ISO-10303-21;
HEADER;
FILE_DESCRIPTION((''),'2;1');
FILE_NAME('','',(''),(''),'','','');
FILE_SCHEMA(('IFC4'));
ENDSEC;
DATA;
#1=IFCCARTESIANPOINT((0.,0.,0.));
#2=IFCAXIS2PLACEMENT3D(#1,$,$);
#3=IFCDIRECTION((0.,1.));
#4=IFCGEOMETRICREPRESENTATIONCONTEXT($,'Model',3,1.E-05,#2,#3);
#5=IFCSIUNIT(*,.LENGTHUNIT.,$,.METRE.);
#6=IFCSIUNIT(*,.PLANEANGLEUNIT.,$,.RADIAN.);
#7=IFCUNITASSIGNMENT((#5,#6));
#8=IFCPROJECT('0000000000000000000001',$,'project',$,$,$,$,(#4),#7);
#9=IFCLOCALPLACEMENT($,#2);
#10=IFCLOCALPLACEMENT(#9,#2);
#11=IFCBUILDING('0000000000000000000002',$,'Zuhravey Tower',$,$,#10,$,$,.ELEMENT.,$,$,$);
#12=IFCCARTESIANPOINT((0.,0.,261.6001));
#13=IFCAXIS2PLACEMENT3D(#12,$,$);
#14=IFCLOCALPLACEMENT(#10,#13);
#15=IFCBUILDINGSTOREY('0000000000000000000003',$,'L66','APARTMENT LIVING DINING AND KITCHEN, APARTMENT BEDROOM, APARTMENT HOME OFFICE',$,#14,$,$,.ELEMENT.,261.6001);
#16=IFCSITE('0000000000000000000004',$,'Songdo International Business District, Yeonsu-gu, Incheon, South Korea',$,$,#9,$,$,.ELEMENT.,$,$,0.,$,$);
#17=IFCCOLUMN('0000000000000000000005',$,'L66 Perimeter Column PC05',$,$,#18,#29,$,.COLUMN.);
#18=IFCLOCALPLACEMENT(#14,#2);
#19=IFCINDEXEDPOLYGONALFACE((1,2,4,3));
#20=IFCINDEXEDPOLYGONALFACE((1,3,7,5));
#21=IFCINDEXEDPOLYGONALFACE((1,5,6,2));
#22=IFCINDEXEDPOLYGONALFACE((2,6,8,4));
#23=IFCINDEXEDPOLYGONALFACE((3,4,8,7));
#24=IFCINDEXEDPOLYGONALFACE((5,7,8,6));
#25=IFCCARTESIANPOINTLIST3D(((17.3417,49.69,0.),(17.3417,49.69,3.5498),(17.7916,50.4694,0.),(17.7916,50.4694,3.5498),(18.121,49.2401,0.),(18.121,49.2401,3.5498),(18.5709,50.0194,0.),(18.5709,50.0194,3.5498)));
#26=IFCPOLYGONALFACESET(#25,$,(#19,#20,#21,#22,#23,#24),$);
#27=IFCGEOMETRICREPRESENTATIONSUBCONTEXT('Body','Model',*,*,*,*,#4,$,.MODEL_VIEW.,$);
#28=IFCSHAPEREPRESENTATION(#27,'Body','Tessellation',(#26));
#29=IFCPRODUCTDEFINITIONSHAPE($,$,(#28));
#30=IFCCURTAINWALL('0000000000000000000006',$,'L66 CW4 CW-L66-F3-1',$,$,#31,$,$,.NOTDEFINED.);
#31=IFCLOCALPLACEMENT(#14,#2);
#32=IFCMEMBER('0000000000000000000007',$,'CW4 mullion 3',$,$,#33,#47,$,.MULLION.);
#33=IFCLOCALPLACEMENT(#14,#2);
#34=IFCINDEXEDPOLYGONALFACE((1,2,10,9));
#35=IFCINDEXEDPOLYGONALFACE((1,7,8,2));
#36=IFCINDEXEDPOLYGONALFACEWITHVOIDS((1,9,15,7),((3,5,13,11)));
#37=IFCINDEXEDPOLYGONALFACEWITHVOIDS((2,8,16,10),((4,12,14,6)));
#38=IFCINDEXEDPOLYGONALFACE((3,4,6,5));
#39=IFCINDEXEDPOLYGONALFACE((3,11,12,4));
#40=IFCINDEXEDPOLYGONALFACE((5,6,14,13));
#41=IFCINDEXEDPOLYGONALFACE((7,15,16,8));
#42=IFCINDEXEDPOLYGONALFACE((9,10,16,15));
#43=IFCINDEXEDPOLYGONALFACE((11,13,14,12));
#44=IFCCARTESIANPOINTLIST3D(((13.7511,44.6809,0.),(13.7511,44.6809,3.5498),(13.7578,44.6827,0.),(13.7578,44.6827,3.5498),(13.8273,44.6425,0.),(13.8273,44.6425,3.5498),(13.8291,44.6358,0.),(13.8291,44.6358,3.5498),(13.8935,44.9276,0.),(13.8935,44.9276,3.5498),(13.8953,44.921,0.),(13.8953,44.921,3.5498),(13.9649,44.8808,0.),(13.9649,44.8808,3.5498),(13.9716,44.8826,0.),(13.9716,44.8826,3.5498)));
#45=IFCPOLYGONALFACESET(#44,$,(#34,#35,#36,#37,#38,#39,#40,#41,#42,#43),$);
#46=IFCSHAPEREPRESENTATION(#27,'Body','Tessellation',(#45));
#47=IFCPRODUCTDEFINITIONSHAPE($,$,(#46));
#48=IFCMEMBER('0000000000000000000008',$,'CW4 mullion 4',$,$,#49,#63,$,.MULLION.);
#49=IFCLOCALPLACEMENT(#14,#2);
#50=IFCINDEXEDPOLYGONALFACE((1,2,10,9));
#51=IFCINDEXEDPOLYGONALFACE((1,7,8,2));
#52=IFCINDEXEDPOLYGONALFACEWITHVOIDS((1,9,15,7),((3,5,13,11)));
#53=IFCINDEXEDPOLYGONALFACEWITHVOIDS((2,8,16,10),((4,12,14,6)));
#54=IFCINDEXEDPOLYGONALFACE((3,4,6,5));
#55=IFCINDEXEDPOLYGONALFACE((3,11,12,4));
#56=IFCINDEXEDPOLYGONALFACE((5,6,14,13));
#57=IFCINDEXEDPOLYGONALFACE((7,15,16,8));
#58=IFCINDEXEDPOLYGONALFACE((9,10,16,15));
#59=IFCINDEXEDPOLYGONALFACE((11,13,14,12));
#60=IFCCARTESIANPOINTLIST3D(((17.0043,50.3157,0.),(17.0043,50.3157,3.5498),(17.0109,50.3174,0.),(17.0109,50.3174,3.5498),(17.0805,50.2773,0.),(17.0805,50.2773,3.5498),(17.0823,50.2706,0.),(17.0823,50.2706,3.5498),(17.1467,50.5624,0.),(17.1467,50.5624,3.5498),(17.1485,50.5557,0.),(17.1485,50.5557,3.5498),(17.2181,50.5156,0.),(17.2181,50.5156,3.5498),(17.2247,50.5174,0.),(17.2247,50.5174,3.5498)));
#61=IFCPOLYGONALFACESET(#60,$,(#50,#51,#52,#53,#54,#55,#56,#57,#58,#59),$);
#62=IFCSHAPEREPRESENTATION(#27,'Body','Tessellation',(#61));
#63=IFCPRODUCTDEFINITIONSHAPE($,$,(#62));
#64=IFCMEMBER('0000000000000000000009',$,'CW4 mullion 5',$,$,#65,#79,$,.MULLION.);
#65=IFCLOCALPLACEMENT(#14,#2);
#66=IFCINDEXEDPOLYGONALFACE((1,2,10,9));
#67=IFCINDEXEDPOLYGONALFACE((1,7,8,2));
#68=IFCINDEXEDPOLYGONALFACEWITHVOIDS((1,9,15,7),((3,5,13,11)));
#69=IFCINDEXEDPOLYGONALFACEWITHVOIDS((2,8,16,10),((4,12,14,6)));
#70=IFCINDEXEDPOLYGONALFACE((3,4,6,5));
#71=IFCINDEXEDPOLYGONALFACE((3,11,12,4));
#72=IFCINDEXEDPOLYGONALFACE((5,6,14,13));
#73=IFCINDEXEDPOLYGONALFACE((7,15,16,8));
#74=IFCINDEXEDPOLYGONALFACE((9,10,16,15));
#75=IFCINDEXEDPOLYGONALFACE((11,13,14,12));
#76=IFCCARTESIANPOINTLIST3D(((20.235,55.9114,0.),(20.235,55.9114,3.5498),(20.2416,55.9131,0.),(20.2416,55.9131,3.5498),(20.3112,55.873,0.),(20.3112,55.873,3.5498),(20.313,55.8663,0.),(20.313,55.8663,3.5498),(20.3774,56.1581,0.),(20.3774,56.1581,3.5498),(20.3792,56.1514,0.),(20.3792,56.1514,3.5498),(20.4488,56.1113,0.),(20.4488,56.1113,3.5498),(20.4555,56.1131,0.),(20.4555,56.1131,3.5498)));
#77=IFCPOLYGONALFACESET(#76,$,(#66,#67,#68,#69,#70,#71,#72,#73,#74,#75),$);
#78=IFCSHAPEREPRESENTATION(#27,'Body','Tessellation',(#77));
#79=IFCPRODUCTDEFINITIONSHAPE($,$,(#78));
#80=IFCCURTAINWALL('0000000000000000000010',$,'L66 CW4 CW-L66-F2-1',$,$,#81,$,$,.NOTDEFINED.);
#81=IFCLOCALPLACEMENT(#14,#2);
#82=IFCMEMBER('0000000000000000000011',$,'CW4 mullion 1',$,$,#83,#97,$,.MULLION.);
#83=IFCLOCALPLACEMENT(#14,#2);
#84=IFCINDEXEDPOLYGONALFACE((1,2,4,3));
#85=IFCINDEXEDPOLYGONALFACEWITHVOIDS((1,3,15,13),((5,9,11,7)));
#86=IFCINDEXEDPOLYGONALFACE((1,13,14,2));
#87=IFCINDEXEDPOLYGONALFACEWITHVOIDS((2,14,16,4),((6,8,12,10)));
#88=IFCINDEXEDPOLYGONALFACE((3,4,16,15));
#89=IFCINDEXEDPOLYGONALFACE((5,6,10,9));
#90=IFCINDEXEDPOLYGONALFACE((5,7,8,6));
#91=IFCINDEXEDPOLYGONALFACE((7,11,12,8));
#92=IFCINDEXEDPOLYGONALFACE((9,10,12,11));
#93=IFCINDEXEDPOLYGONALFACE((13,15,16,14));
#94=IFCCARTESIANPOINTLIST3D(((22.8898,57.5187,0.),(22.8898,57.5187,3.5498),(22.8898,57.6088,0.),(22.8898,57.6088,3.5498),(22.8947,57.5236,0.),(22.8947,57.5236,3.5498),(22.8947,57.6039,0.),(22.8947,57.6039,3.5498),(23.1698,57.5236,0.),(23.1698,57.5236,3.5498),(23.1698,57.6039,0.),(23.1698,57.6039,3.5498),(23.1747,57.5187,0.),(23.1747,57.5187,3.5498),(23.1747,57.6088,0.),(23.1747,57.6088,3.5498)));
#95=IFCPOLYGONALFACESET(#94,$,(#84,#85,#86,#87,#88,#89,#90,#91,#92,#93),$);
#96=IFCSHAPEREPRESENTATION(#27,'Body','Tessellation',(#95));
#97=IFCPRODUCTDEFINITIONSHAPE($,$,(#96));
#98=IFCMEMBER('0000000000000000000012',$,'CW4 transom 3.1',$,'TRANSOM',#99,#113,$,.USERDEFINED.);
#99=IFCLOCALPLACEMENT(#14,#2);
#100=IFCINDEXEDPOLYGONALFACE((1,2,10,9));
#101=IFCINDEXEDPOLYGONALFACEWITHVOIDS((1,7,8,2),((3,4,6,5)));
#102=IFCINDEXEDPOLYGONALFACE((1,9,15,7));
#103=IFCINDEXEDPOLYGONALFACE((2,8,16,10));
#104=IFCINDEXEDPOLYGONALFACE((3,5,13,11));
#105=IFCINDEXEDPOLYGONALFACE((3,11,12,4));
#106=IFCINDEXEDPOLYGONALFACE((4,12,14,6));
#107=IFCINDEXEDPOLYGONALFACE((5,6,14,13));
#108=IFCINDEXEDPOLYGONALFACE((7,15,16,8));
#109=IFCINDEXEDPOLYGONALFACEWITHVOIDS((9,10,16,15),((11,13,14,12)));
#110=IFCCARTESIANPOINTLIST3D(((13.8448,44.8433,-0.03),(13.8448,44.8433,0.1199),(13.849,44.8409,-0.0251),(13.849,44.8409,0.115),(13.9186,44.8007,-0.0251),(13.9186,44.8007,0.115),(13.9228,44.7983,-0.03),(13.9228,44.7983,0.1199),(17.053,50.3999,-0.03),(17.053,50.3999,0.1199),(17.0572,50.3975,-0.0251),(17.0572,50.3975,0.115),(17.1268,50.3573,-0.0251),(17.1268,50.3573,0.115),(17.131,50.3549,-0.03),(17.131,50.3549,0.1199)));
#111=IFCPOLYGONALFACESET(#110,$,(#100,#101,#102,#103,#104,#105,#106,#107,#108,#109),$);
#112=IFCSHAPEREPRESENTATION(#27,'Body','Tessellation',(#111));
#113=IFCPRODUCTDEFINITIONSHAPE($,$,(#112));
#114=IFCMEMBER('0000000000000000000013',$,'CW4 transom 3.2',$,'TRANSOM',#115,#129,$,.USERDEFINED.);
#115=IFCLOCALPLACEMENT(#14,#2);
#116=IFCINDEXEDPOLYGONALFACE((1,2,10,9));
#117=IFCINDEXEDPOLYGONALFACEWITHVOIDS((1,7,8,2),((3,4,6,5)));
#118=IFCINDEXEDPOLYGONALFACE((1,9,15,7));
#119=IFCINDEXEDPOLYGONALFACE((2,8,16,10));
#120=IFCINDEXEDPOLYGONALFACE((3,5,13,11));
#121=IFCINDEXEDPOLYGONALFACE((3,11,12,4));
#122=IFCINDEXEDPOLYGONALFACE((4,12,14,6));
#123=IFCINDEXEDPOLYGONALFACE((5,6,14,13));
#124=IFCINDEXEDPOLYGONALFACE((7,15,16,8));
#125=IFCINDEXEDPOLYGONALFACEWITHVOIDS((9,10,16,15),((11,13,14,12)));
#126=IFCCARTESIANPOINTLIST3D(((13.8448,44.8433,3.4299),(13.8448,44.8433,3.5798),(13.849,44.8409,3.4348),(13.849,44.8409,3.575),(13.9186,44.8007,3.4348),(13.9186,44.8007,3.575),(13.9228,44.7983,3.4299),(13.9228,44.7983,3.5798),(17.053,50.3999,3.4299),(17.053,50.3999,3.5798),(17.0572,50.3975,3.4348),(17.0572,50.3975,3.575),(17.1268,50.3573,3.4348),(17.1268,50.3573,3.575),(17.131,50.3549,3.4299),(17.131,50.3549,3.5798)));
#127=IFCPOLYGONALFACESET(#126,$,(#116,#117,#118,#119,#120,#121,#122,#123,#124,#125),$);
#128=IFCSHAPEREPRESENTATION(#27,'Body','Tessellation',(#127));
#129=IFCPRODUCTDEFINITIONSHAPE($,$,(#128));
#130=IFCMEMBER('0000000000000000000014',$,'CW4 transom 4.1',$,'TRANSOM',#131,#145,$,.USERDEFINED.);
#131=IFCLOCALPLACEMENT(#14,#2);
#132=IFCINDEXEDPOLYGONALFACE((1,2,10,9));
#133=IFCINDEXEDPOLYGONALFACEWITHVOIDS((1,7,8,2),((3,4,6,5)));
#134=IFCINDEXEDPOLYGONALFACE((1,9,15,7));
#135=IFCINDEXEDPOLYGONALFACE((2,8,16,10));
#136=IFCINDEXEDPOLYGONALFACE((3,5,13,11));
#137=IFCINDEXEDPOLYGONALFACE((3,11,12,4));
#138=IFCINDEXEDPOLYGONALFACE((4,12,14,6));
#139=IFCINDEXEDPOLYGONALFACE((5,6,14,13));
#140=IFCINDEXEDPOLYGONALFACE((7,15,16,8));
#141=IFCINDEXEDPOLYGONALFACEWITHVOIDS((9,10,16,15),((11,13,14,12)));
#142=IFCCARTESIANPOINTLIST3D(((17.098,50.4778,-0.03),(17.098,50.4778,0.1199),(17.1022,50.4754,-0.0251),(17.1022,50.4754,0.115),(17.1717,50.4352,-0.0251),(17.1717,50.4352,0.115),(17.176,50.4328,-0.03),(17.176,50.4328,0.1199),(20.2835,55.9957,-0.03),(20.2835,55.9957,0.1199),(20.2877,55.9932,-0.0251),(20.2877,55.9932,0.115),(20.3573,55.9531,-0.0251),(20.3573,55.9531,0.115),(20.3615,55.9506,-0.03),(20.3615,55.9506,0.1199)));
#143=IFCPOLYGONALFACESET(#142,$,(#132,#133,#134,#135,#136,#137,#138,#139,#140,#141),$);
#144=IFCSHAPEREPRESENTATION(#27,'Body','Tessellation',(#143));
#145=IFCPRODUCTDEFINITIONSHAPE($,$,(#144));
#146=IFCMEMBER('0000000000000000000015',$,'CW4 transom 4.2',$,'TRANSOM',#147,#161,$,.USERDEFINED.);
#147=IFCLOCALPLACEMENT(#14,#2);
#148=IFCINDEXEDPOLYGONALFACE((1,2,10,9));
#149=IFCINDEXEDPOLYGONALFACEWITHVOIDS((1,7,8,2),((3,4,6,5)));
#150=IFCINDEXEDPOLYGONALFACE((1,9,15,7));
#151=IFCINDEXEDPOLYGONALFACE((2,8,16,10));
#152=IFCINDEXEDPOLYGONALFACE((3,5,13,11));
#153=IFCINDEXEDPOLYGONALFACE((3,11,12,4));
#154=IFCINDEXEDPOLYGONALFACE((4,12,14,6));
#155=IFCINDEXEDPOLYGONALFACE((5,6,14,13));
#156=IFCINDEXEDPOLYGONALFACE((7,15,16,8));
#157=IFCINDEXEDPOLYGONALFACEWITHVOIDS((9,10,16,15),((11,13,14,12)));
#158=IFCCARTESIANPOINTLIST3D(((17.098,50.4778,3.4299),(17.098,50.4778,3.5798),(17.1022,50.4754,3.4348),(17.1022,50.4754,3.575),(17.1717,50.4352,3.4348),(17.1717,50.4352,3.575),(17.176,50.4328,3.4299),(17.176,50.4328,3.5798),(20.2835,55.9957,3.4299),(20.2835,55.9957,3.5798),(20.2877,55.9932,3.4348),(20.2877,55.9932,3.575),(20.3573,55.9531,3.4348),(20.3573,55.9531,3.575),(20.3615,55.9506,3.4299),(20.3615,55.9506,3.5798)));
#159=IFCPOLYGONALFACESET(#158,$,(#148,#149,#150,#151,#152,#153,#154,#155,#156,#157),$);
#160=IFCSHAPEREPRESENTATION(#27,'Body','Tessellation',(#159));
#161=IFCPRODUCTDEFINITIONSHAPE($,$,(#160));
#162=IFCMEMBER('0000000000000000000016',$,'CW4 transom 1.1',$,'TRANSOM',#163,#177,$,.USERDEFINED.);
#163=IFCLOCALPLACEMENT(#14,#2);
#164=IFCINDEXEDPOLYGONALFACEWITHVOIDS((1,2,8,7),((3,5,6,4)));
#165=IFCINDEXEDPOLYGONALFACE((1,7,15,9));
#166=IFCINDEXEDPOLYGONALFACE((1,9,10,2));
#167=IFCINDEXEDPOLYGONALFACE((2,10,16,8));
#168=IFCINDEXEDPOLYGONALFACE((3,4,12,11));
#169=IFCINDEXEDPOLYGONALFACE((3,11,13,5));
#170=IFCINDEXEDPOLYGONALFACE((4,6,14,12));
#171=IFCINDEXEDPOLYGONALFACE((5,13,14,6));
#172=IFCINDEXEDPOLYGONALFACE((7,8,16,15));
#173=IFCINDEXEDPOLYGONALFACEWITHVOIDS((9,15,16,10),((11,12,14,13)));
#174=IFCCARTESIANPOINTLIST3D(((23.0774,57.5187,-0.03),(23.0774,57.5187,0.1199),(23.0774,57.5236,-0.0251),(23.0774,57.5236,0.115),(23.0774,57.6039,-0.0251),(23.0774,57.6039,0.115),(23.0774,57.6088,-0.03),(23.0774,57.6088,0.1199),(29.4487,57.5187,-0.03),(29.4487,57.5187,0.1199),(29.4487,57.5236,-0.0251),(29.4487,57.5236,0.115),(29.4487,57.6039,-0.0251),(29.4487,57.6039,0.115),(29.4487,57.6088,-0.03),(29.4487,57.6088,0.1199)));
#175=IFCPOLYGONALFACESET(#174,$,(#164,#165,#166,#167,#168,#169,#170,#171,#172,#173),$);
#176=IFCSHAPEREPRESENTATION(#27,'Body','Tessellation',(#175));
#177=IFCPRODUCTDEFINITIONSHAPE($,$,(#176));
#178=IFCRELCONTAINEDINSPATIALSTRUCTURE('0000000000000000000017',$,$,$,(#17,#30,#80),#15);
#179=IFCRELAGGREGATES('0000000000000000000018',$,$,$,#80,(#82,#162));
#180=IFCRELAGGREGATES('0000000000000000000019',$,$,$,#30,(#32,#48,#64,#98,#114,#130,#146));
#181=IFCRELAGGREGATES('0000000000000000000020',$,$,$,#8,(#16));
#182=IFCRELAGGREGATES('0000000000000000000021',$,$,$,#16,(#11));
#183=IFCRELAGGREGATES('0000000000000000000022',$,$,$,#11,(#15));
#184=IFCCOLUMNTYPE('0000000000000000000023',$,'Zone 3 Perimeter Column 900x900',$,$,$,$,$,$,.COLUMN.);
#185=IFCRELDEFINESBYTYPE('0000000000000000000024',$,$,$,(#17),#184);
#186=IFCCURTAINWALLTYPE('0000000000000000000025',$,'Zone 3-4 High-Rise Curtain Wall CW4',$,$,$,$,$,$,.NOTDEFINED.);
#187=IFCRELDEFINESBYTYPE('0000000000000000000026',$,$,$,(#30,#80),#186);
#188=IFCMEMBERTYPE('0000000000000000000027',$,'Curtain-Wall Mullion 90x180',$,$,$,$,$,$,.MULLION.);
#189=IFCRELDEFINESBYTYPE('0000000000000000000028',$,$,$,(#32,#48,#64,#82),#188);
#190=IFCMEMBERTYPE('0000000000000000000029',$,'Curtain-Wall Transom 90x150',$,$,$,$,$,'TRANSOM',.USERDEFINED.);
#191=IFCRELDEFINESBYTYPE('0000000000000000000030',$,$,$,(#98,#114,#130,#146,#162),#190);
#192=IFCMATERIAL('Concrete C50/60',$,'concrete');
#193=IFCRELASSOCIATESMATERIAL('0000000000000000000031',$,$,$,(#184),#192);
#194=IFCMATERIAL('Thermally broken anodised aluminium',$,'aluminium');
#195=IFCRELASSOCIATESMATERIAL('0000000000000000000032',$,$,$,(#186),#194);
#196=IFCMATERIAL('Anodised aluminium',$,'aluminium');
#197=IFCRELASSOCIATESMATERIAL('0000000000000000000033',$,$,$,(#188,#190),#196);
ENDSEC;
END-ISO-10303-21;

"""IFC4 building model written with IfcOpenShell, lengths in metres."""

from ifc_helpers import new_model, si_unit, direction, frame, origin, origin_2d, place, context, subcontext, project, spatial, rectangle, hollow_rectangle, extrude, material, material_profile, profile_set, type_object, element, aggregate, save


model = new_model("IFC4")

# Units and contexts
model_context = context("Model", 3, precision=1e-05, world=origin(), true_north=direction((0.0, 1.0)))
body_context = subcontext(model_context, "Body", "Model", "MODEL_VIEW")
ifc_project = project(units=[si_unit("LENGTHUNIT", "METRE"), si_unit("PLANEANGLEUNIT", "RADIAN")], contexts=[model_context])

# Site, building, storey
site_placement = place(None, origin())
site = spatial("IfcSite", under=ifc_project, at=site_placement, Name="Songdo International Business District, Yeonsu-gu, Incheon, South Korea", CompositionType="ELEMENT", RefElevation=0.0)
building_placement = place(site_placement, origin())
building = spatial("IfcBuilding", under=site, at=building_placement, Name="Zuhravey Tower", CompositionType="ELEMENT")
storey_placement = place(building_placement, frame((0.0, 0.0, 261.6001)))
storey = spatial("IfcBuildingStorey", under=building, at=storey_placement, Name="L66", Description="APARTMENT LIVING DINING AND KITCHEN, APARTMENT BEDROOM, APARTMENT HOME OFFICE", CompositionType="ELEMENT", Elevation=261.6001)

# Column
ifc_material_1 = material(Name="Concrete C50/60", Category="concrete")
ifc_material_profile_1 = material_profile(ifc_material_1, rectangle(XDim=0.8999, YDim=0.8999, at=origin_2d()), Name="RC-900x900")
ifc_profile_set_1 = profile_set([ifc_material_profile_1], Name="Concrete C50/60")
column_type = type_object("IfcColumnType", Name="Zone 3 Perimeter Column 900x900", PredefinedType="COLUMN", material=ifc_profile_set_1)
column_placement = place(storey_placement, frame((17.9563, 49.8547, 0.0), z_axis=(0.0, 0.0, 1.0), x_axis=(-0.5, -0.866025, 0.0)))
element("IfcColumn", 1, at=column_placement, inside=storey, type_object=column_type, Name="L66 Perimeter Column PC05", PredefinedType="COLUMN", context=body_context, shape_type="SweptSolid", body=[
    extrude(rectangle(XDim=0.8999, YDim=0.8999, at=origin_2d()), origin(), (0.0, 0.0, 1.0), 3.5498),
])

# Curtain wall, members
ifc_material_2 = material(Name="Thermally broken anodised aluminium", Category="aluminium")
curtain_wall_type = type_object("IfcCurtainWallType", Name="Zone 3-4 High-Rise Curtain Wall CW4", PredefinedType="NOTDEFINED", material=ifc_material_2)
curtain_wall_1_placement = place(storey_placement, origin())
curtain_wall_1 = element("IfcCurtainWall", 2, at=curtain_wall_1_placement, inside=storey, type_object=curtain_wall_type, Name="L66 CW4 CW-L66-F3-1", PredefinedType="NOTDEFINED")
ifc_material_3 = material(Name="Anodised aluminium", Category="aluminium")
ifc_material_profile_2 = material_profile(ifc_material_3, hollow_rectangle(XDim=0.0901, YDim=0.2849, WallThickness=0.0049, at=origin_2d()), Name="ALU-RHS-90x285x5")
ifc_profile_set_2 = profile_set([ifc_material_profile_2], Name="Anodised aluminium")
member_type_1 = type_object("IfcMemberType", Name="Curtain-Wall Mullion 90x180", PredefinedType="MULLION", material=ifc_profile_set_2)
member_1_placement = place(storey_placement, frame((13.8613, 44.7817, 0.0), z_axis=(0.0, 0.0, 1.0), x_axis=(-0.866025, 0.500001, 0.0)))
member_1 = element("IfcMember", 3, at=member_1_placement, type_object=member_type_1, Name="CW4 mullion 3", PredefinedType="MULLION", context=body_context, shape_type="SweptSolid", body=[
    extrude(hollow_rectangle(XDim=0.0901, YDim=0.2849, WallThickness=0.0049, at=origin_2d()), origin(), (0.0, 0.0, 1.0), 3.5498),
])
member_2_placement = place(storey_placement, frame((17.1145, 50.4165, 0.0), z_axis=(0.0, 0.0, 1.0), x_axis=(-0.866025, 0.500001, 0.0)))
member_2 = element("IfcMember", 4, at=member_2_placement, type_object=member_type_1, Name="CW4 mullion 4", PredefinedType="MULLION", context=body_context, shape_type="SweptSolid", body=[
    extrude(hollow_rectangle(XDim=0.0901, YDim=0.2849, WallThickness=0.0049, at=origin_2d()), origin(), (0.0, 0.0, 1.0), 3.5498),
])
member_3_placement = place(storey_placement, frame((20.3452, 56.0122, 0.0), z_axis=(0.0, 0.0, 1.0), x_axis=(-0.866025, 0.500001, 0.0)))
member_3 = element("IfcMember", 5, at=member_3_placement, type_object=member_type_1, Name="CW4 mullion 5", PredefinedType="MULLION", context=body_context, shape_type="SweptSolid", body=[
    extrude(hollow_rectangle(XDim=0.0901, YDim=0.2849, WallThickness=0.0049, at=origin_2d()), origin(), (0.0, 0.0, 1.0), 3.5498),
])

# Curtain wall, member
curtain_wall_2_placement = place(storey_placement, origin())
curtain_wall_2 = element("IfcCurtainWall", 6, at=curtain_wall_2_placement, inside=storey, type_object=curtain_wall_type, Name="L66 CW4 CW-L66-F2-1", PredefinedType="NOTDEFINED")
member_4_placement = place(storey_placement, frame((23.0322, 57.5637, 0.0), z_axis=(0.0, 0.0, 1.0), x_axis=(0.0, 1.0, 0.0)))
member_4 = element("IfcMember", 7, at=member_4_placement, type_object=member_type_1, Name="CW4 mullion 1", PredefinedType="MULLION", context=body_context, shape_type="SweptSolid", body=[
    extrude(hollow_rectangle(XDim=0.0901, YDim=0.2849, WallThickness=0.0049, at=origin_2d()), origin(), (0.0, 0.0, 1.0), 3.5498),
])

# Members
ifc_material_profile_3 = material_profile(ifc_material_3, hollow_rectangle(XDim=0.0901, YDim=0.1499, WallThickness=0.0049, at=origin_2d()), Name="ALU-RHS-90x150x5")
ifc_profile_set_3 = profile_set([ifc_material_profile_3], Name="Anodised aluminium")
member_type_2 = type_object("IfcMemberType", Name="Curtain-Wall Transom 90x150", ElementType="TRANSOM", PredefinedType="USERDEFINED", material=ifc_profile_set_3)
member_5_placement = place(storey_placement, frame((13.8838, 44.8208, 0.0449), z_axis=(0.500014, 0.866017, 0.0), x_axis=(-0.866017, 0.500014, 0.0)))
member_5 = element("IfcMember", 8, at=member_5_placement, type_object=member_type_2, Name="CW4 transom 3.1", ObjectType="TRANSOM", PredefinedType="USERDEFINED", context=body_context, shape_type="SweptSolid", body=[
    extrude(hollow_rectangle(XDim=0.0901, YDim=0.1499, WallThickness=0.0049, at=origin_2d()), origin(), (0.0, 0.0, 1.0), 6.4163),
])
member_6_placement = place(storey_placement, frame((13.8838, 44.8208, 3.5049), z_axis=(0.500014, 0.866017, 0.0), x_axis=(-0.866017, 0.500014, 0.0)))
member_6 = element("IfcMember", 9, at=member_6_placement, type_object=member_type_2, Name="CW4 transom 3.2", ObjectType="TRANSOM", PredefinedType="USERDEFINED", context=body_context, shape_type="SweptSolid", body=[
    extrude(hollow_rectangle(XDim=0.0901, YDim=0.1499, WallThickness=0.0049, at=origin_2d()), origin(), (0.0, 0.0, 1.0), 6.4163),
])
member_7_placement = place(storey_placement, frame((17.137, 50.4553, 0.0449), z_axis=(0.49998, 0.866037, 0.0), x_axis=(-0.866037, 0.49998, 0.0)))
member_7 = element("IfcMember", 10, at=member_7_placement, type_object=member_type_2, Name="CW4 transom 4.1", ObjectType="TRANSOM", PredefinedType="USERDEFINED", context=body_context, shape_type="SweptSolid", body=[
    extrude(hollow_rectangle(XDim=0.0901, YDim=0.1499, WallThickness=0.0049, at=origin_2d()), origin(), (0.0, 0.0, 1.0), 6.3713),
])
member_8_placement = place(storey_placement, frame((17.137, 50.4553, 3.5049), z_axis=(0.49998, 0.866037, 0.0), x_axis=(-0.866037, 0.49998, 0.0)))
member_8 = element("IfcMember", 11, at=member_8_placement, type_object=member_type_2, Name="CW4 transom 4.2", ObjectType="TRANSOM", PredefinedType="USERDEFINED", context=body_context, shape_type="SweptSolid", body=[
    extrude(hollow_rectangle(XDim=0.0901, YDim=0.1499, WallThickness=0.0049, at=origin_2d()), origin(), (0.0, 0.0, 1.0), 6.3713),
])
member_9_placement = place(storey_placement, frame((23.0774, 57.5637, 0.0449), z_axis=(1.0, 0.0, 0.0), x_axis=(0.0, 1.0, 0.0)))
member_9 = element("IfcMember", 12, at=member_9_placement, type_object=member_type_2, Name="CW4 transom 1.1", ObjectType="TRANSOM", PredefinedType="USERDEFINED", context=body_context, shape_type="SweptSolid", body=[
    extrude(hollow_rectangle(XDim=0.0901, YDim=0.1499, WallThickness=0.0049, at=origin_2d()), origin(), (0.0, 0.0, 1.0), 6.3713),
])
aggregate(curtain_wall_2, [member_4, member_9])

aggregate(curtain_wall_1, [member_1, member_2, member_3, member_5, member_6, member_7, member_8])

save(model, "model.ifc")
